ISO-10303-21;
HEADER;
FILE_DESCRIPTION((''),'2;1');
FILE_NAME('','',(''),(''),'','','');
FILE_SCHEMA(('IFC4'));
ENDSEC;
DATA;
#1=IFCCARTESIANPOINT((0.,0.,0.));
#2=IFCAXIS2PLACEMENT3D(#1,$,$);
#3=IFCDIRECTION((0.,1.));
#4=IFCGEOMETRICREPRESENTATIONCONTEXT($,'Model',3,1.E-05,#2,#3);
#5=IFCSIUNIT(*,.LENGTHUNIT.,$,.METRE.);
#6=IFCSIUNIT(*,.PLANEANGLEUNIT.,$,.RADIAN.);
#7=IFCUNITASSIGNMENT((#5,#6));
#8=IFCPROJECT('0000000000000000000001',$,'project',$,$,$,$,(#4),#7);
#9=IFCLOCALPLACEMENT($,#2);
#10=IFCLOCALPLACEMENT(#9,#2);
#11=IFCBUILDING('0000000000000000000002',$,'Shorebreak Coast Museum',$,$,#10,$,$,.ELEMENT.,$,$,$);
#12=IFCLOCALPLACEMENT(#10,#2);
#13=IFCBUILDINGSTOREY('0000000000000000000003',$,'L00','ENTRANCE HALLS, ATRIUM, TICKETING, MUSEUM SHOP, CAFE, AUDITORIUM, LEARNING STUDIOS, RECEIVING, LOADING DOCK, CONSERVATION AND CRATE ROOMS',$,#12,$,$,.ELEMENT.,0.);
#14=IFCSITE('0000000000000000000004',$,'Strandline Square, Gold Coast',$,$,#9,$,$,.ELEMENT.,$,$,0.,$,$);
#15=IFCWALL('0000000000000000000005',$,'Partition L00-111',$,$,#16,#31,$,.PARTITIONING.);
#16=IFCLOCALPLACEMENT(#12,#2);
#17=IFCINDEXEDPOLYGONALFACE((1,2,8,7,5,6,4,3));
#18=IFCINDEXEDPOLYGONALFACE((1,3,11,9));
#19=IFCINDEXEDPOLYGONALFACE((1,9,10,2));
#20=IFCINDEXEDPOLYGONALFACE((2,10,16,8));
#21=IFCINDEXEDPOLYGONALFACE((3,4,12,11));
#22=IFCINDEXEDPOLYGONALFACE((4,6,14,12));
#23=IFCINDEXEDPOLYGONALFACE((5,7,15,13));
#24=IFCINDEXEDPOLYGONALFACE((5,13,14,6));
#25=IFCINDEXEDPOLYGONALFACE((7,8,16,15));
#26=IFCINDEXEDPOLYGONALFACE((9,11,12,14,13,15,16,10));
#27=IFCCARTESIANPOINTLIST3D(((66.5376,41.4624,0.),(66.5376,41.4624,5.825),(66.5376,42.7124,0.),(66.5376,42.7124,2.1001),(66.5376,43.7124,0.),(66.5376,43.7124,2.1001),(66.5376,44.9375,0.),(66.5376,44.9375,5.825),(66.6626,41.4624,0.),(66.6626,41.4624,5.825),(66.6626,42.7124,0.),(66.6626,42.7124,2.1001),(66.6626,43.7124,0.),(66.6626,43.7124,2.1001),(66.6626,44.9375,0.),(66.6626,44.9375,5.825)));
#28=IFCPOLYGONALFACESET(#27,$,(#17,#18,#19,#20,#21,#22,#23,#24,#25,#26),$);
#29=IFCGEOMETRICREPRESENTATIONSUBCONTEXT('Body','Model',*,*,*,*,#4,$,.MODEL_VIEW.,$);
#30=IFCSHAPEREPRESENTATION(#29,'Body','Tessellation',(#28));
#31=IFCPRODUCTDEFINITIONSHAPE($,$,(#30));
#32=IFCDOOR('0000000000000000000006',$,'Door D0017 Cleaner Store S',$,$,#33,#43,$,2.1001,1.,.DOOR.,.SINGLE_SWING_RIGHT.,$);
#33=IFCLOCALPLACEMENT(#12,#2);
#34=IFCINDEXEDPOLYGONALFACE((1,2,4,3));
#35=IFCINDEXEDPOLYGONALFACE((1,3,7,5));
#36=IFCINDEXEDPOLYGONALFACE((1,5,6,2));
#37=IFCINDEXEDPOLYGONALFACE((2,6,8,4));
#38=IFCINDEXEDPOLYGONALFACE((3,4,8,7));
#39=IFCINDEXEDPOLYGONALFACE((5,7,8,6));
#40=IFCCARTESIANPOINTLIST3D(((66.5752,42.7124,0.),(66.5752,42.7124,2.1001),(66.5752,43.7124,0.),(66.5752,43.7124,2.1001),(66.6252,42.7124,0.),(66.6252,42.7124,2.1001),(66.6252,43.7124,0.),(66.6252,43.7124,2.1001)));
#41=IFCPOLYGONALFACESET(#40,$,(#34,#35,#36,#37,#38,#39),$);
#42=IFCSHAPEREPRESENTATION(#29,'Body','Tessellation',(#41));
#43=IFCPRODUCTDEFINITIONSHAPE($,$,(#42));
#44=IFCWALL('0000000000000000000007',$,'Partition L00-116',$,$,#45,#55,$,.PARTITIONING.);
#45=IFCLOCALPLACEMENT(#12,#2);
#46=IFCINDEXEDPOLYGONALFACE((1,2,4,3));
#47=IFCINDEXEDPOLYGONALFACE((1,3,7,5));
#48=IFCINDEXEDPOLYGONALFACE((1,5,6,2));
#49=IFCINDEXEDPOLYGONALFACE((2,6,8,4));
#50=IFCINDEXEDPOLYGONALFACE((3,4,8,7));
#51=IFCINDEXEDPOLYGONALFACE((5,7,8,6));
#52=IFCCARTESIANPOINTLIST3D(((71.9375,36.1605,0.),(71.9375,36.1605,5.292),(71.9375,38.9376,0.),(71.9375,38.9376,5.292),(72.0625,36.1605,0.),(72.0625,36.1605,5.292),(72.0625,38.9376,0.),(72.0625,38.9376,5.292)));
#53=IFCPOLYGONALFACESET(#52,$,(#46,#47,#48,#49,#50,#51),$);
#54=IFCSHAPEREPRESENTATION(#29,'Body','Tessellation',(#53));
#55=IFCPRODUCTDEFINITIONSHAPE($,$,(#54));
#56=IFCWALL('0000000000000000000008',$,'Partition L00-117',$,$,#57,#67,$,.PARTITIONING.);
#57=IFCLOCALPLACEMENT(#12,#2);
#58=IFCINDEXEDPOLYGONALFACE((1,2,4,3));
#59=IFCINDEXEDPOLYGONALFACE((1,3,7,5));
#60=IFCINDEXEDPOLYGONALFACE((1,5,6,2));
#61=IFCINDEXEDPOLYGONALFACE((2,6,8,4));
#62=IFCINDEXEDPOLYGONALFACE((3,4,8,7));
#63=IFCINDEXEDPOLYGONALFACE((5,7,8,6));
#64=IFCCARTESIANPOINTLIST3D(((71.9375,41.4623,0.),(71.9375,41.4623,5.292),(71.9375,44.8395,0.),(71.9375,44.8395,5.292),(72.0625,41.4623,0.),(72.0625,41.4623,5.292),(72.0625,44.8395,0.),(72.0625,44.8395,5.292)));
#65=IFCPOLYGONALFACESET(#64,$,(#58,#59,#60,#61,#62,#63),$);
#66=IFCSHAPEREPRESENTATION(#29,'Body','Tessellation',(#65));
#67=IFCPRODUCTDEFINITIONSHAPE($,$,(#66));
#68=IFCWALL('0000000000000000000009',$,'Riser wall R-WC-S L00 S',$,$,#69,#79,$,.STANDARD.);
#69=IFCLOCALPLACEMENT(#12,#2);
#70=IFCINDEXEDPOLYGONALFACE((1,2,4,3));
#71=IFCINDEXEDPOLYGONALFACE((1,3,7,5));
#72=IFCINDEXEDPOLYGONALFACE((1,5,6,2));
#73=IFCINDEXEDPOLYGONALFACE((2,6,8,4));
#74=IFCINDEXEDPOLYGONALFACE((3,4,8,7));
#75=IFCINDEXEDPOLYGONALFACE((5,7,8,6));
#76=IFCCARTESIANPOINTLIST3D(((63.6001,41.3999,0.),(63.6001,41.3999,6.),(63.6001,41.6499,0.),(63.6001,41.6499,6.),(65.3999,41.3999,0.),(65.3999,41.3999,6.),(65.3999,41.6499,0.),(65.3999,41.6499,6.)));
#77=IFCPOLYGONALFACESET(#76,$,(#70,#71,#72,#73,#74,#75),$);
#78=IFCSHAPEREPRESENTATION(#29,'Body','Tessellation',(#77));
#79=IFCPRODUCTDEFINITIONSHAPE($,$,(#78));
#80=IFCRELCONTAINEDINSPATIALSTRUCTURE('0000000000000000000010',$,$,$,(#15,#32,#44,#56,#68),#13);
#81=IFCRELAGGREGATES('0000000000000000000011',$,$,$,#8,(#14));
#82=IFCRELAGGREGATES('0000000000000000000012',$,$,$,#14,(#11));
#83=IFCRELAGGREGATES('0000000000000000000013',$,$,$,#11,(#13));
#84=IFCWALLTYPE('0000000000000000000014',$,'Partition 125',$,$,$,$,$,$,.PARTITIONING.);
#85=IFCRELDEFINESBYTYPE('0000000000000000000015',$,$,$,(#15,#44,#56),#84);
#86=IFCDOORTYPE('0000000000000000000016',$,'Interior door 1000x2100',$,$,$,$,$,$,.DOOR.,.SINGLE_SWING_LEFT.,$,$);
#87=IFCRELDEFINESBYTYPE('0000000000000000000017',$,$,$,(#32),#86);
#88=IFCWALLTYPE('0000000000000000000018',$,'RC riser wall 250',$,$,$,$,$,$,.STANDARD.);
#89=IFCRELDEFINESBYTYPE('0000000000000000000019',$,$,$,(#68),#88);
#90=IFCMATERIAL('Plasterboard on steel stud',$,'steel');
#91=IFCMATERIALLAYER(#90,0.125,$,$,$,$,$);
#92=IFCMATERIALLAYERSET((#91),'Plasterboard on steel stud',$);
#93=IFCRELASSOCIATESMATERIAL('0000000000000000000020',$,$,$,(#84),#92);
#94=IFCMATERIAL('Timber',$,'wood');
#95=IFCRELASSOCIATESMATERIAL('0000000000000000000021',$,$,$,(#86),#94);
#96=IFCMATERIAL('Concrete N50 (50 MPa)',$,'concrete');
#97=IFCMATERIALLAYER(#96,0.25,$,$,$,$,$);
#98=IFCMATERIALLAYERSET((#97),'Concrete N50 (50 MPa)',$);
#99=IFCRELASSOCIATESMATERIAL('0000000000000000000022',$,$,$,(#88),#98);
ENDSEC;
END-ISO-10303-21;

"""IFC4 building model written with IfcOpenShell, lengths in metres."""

from ifc_helpers import new_model, si_unit, direction, frame, frame_2d, origin, place, context, subcontext, project, spatial, rectangle, extrude, material, layer, layer_set, type_object, element, fill, save


model = new_model("IFC4")

# Units and contexts
model_context = context("Model", 3, precision=1e-05, world=origin(), true_north=direction((0.0, 1.0)))
body_context = subcontext(model_context, "Body", "Model", "MODEL_VIEW")
ifc_project = project(units=[si_unit("LENGTHUNIT", "METRE"), si_unit("PLANEANGLEUNIT", "RADIAN")], contexts=[model_context])

# Site, building, storey
site_placement = place(None, origin())
site = spatial("IfcSite", under=ifc_project, at=site_placement, Name="Strandline Square, Gold Coast", CompositionType="ELEMENT", RefElevation=0.0)
building_placement = place(site_placement, origin())
building = spatial("IfcBuilding", under=site, at=building_placement, Name="Shorebreak Coast Museum", CompositionType="ELEMENT")
storey_placement = place(building_placement, origin())
storey = spatial("IfcBuildingStorey", under=building, at=storey_placement, Name="L00", Description="ENTRANCE HALLS, ATRIUM, TICKETING, MUSEUM SHOP, CAFE, AUDITORIUM, LEARNING STUDIOS, RECEIVING, LOADING DOCK, CONSERVATION AND CRATE ROOMS", CompositionType="ELEMENT", Elevation=0.0)

# Shared definitions
ifc_material_1 = material(Name="Plasterboard on steel stud", Category="steel")
ifc_layer_1 = layer(ifc_material_1, 0.125)
ifc_layer_set_1 = layer_set([ifc_layer_1], Name="Plasterboard on steel stud")
wall_type_1 = type_object("IfcWallType", Name="Partition 125", PredefinedType="PARTITIONING", material=ifc_layer_set_1)

# Wall, opening, door
wall_1_placement = place(storey_placement, frame((66.6001, 41.4624, 0.0), z_axis=(0.0, 0.0, 1.0), x_axis=(0.0, 1.0, 0.0)))
wall_1 = element("IfcWall", 1, at=wall_1_placement, inside=storey, type_object=wall_type_1, Name="Partition L00-111", PredefinedType="PARTITIONING", context=body_context, shape_type="SweptSolid", body=[
    extrude(rectangle(XDim=3.4751, YDim=0.125, at=frame_2d((1.7375, 0.0))), origin(), (0.0, 0.0, 1.0), 5.825),
])
opening_1_placement = place(wall_1_placement, frame((1.25, 0.0, 0.0)))
opening_1 = element("IfcOpeningElement", 2, at=opening_1_placement, cuts=wall_1, PredefinedType="OPENING", context=body_context, shape_type="SweptSolid", body=[
    extrude(rectangle(XDim=1.0, YDim=2.1001, at=frame_2d((0.5, 1.05))), frame((0.0, 0.0725, 0.0), z_axis=(0.0, -1.0, 0.0), x_axis=(1.0, 0.0, 0.0)), (0.0, 0.0, 1.0), 0.145),
])
ifc_material_2 = material(Name="Timber", Category="wood")
door_type_1 = type_object("IfcDoorType", Name="Interior door 1000x2100", OperationType="SINGLE_SWING_LEFT", PredefinedType="DOOR", material=ifc_material_2)
door_1_placement = place(opening_1_placement, origin())
door_1 = element("IfcDoor", 3, at=door_1_placement, inside=storey, type_object=door_type_1, Name="Door D0017 Cleaner Store S", OperationType="SINGLE_SWING_RIGHT", OverallHeight=2.1001, OverallWidth=1.0, PredefinedType="DOOR", context=body_context, shape_type="SweptSolid", body=[
    extrude(rectangle(XDim=1.0, YDim=2.1001, at=frame_2d((0.5, 1.05))), frame((0.0, 0.0249, 0.0), z_axis=(0.0, -1.0, 0.0), x_axis=(1.0, 0.0, 0.0)), (0.0, 0.0, 1.0), 0.05),
])
fill(opening_1, door_1)

# Walls
wall_2_placement = place(storey_placement, frame((72.0, 36.1604, 0.0), z_axis=(0.0, 0.0, 1.0), x_axis=(0.0, 1.0, 0.0)))
element("IfcWall", 4, at=wall_2_placement, inside=storey, type_object=wall_type_1, Name="Partition L00-116", PredefinedType="PARTITIONING", context=body_context, shape_type="SweptSolid", body=[
    extrude(rectangle(XDim=2.7771, YDim=0.125, at=frame_2d((1.3887, 0.0))), origin(), (0.0, 0.0, 1.0), 5.292),
])
wall_3_placement = place(storey_placement, frame((72.0, 41.4624, 0.0), z_axis=(0.0, 0.0, 1.0), x_axis=(0.0, 1.0, 0.0)))
element("IfcWall", 5, at=wall_3_placement, inside=storey, type_object=wall_type_1, Name="Partition L00-117", PredefinedType="PARTITIONING", context=body_context, shape_type="SweptSolid", body=[
    extrude(rectangle(XDim=3.3772, YDim=0.125, at=frame_2d((1.6885, 0.0))), origin(), (0.0, 0.0, 1.0), 5.292),
])
ifc_material_3 = material(Name="Concrete N50 (50 MPa)", Category="concrete")
ifc_layer_2 = layer(ifc_material_3, 0.25)
ifc_layer_set_2 = layer_set([ifc_layer_2], Name="Concrete N50 (50 MPa)")
wall_type_2 = type_object("IfcWallType", Name="RC riser wall 250", PredefinedType="STANDARD", material=ifc_layer_set_2)
wall_4_placement = place(storey_placement, frame((63.6001, 41.5249, 0.0), z_axis=(0.0, 0.0, 1.0), x_axis=(1.0, 0.0, 0.0)))
element("IfcWall", 6, at=wall_4_placement, inside=storey, type_object=wall_type_2, Name="Riser wall R-WC-S L00 S", PredefinedType="STANDARD", context=body_context, shape_type="SweptSolid", body=[
    extrude(rectangle(XDim=1.7998, YDim=0.25, at=frame_2d((0.8999, 0.0))), origin(), (0.0, 0.0, 1.0), 6.0),
])

save(model, "model.ifc")
